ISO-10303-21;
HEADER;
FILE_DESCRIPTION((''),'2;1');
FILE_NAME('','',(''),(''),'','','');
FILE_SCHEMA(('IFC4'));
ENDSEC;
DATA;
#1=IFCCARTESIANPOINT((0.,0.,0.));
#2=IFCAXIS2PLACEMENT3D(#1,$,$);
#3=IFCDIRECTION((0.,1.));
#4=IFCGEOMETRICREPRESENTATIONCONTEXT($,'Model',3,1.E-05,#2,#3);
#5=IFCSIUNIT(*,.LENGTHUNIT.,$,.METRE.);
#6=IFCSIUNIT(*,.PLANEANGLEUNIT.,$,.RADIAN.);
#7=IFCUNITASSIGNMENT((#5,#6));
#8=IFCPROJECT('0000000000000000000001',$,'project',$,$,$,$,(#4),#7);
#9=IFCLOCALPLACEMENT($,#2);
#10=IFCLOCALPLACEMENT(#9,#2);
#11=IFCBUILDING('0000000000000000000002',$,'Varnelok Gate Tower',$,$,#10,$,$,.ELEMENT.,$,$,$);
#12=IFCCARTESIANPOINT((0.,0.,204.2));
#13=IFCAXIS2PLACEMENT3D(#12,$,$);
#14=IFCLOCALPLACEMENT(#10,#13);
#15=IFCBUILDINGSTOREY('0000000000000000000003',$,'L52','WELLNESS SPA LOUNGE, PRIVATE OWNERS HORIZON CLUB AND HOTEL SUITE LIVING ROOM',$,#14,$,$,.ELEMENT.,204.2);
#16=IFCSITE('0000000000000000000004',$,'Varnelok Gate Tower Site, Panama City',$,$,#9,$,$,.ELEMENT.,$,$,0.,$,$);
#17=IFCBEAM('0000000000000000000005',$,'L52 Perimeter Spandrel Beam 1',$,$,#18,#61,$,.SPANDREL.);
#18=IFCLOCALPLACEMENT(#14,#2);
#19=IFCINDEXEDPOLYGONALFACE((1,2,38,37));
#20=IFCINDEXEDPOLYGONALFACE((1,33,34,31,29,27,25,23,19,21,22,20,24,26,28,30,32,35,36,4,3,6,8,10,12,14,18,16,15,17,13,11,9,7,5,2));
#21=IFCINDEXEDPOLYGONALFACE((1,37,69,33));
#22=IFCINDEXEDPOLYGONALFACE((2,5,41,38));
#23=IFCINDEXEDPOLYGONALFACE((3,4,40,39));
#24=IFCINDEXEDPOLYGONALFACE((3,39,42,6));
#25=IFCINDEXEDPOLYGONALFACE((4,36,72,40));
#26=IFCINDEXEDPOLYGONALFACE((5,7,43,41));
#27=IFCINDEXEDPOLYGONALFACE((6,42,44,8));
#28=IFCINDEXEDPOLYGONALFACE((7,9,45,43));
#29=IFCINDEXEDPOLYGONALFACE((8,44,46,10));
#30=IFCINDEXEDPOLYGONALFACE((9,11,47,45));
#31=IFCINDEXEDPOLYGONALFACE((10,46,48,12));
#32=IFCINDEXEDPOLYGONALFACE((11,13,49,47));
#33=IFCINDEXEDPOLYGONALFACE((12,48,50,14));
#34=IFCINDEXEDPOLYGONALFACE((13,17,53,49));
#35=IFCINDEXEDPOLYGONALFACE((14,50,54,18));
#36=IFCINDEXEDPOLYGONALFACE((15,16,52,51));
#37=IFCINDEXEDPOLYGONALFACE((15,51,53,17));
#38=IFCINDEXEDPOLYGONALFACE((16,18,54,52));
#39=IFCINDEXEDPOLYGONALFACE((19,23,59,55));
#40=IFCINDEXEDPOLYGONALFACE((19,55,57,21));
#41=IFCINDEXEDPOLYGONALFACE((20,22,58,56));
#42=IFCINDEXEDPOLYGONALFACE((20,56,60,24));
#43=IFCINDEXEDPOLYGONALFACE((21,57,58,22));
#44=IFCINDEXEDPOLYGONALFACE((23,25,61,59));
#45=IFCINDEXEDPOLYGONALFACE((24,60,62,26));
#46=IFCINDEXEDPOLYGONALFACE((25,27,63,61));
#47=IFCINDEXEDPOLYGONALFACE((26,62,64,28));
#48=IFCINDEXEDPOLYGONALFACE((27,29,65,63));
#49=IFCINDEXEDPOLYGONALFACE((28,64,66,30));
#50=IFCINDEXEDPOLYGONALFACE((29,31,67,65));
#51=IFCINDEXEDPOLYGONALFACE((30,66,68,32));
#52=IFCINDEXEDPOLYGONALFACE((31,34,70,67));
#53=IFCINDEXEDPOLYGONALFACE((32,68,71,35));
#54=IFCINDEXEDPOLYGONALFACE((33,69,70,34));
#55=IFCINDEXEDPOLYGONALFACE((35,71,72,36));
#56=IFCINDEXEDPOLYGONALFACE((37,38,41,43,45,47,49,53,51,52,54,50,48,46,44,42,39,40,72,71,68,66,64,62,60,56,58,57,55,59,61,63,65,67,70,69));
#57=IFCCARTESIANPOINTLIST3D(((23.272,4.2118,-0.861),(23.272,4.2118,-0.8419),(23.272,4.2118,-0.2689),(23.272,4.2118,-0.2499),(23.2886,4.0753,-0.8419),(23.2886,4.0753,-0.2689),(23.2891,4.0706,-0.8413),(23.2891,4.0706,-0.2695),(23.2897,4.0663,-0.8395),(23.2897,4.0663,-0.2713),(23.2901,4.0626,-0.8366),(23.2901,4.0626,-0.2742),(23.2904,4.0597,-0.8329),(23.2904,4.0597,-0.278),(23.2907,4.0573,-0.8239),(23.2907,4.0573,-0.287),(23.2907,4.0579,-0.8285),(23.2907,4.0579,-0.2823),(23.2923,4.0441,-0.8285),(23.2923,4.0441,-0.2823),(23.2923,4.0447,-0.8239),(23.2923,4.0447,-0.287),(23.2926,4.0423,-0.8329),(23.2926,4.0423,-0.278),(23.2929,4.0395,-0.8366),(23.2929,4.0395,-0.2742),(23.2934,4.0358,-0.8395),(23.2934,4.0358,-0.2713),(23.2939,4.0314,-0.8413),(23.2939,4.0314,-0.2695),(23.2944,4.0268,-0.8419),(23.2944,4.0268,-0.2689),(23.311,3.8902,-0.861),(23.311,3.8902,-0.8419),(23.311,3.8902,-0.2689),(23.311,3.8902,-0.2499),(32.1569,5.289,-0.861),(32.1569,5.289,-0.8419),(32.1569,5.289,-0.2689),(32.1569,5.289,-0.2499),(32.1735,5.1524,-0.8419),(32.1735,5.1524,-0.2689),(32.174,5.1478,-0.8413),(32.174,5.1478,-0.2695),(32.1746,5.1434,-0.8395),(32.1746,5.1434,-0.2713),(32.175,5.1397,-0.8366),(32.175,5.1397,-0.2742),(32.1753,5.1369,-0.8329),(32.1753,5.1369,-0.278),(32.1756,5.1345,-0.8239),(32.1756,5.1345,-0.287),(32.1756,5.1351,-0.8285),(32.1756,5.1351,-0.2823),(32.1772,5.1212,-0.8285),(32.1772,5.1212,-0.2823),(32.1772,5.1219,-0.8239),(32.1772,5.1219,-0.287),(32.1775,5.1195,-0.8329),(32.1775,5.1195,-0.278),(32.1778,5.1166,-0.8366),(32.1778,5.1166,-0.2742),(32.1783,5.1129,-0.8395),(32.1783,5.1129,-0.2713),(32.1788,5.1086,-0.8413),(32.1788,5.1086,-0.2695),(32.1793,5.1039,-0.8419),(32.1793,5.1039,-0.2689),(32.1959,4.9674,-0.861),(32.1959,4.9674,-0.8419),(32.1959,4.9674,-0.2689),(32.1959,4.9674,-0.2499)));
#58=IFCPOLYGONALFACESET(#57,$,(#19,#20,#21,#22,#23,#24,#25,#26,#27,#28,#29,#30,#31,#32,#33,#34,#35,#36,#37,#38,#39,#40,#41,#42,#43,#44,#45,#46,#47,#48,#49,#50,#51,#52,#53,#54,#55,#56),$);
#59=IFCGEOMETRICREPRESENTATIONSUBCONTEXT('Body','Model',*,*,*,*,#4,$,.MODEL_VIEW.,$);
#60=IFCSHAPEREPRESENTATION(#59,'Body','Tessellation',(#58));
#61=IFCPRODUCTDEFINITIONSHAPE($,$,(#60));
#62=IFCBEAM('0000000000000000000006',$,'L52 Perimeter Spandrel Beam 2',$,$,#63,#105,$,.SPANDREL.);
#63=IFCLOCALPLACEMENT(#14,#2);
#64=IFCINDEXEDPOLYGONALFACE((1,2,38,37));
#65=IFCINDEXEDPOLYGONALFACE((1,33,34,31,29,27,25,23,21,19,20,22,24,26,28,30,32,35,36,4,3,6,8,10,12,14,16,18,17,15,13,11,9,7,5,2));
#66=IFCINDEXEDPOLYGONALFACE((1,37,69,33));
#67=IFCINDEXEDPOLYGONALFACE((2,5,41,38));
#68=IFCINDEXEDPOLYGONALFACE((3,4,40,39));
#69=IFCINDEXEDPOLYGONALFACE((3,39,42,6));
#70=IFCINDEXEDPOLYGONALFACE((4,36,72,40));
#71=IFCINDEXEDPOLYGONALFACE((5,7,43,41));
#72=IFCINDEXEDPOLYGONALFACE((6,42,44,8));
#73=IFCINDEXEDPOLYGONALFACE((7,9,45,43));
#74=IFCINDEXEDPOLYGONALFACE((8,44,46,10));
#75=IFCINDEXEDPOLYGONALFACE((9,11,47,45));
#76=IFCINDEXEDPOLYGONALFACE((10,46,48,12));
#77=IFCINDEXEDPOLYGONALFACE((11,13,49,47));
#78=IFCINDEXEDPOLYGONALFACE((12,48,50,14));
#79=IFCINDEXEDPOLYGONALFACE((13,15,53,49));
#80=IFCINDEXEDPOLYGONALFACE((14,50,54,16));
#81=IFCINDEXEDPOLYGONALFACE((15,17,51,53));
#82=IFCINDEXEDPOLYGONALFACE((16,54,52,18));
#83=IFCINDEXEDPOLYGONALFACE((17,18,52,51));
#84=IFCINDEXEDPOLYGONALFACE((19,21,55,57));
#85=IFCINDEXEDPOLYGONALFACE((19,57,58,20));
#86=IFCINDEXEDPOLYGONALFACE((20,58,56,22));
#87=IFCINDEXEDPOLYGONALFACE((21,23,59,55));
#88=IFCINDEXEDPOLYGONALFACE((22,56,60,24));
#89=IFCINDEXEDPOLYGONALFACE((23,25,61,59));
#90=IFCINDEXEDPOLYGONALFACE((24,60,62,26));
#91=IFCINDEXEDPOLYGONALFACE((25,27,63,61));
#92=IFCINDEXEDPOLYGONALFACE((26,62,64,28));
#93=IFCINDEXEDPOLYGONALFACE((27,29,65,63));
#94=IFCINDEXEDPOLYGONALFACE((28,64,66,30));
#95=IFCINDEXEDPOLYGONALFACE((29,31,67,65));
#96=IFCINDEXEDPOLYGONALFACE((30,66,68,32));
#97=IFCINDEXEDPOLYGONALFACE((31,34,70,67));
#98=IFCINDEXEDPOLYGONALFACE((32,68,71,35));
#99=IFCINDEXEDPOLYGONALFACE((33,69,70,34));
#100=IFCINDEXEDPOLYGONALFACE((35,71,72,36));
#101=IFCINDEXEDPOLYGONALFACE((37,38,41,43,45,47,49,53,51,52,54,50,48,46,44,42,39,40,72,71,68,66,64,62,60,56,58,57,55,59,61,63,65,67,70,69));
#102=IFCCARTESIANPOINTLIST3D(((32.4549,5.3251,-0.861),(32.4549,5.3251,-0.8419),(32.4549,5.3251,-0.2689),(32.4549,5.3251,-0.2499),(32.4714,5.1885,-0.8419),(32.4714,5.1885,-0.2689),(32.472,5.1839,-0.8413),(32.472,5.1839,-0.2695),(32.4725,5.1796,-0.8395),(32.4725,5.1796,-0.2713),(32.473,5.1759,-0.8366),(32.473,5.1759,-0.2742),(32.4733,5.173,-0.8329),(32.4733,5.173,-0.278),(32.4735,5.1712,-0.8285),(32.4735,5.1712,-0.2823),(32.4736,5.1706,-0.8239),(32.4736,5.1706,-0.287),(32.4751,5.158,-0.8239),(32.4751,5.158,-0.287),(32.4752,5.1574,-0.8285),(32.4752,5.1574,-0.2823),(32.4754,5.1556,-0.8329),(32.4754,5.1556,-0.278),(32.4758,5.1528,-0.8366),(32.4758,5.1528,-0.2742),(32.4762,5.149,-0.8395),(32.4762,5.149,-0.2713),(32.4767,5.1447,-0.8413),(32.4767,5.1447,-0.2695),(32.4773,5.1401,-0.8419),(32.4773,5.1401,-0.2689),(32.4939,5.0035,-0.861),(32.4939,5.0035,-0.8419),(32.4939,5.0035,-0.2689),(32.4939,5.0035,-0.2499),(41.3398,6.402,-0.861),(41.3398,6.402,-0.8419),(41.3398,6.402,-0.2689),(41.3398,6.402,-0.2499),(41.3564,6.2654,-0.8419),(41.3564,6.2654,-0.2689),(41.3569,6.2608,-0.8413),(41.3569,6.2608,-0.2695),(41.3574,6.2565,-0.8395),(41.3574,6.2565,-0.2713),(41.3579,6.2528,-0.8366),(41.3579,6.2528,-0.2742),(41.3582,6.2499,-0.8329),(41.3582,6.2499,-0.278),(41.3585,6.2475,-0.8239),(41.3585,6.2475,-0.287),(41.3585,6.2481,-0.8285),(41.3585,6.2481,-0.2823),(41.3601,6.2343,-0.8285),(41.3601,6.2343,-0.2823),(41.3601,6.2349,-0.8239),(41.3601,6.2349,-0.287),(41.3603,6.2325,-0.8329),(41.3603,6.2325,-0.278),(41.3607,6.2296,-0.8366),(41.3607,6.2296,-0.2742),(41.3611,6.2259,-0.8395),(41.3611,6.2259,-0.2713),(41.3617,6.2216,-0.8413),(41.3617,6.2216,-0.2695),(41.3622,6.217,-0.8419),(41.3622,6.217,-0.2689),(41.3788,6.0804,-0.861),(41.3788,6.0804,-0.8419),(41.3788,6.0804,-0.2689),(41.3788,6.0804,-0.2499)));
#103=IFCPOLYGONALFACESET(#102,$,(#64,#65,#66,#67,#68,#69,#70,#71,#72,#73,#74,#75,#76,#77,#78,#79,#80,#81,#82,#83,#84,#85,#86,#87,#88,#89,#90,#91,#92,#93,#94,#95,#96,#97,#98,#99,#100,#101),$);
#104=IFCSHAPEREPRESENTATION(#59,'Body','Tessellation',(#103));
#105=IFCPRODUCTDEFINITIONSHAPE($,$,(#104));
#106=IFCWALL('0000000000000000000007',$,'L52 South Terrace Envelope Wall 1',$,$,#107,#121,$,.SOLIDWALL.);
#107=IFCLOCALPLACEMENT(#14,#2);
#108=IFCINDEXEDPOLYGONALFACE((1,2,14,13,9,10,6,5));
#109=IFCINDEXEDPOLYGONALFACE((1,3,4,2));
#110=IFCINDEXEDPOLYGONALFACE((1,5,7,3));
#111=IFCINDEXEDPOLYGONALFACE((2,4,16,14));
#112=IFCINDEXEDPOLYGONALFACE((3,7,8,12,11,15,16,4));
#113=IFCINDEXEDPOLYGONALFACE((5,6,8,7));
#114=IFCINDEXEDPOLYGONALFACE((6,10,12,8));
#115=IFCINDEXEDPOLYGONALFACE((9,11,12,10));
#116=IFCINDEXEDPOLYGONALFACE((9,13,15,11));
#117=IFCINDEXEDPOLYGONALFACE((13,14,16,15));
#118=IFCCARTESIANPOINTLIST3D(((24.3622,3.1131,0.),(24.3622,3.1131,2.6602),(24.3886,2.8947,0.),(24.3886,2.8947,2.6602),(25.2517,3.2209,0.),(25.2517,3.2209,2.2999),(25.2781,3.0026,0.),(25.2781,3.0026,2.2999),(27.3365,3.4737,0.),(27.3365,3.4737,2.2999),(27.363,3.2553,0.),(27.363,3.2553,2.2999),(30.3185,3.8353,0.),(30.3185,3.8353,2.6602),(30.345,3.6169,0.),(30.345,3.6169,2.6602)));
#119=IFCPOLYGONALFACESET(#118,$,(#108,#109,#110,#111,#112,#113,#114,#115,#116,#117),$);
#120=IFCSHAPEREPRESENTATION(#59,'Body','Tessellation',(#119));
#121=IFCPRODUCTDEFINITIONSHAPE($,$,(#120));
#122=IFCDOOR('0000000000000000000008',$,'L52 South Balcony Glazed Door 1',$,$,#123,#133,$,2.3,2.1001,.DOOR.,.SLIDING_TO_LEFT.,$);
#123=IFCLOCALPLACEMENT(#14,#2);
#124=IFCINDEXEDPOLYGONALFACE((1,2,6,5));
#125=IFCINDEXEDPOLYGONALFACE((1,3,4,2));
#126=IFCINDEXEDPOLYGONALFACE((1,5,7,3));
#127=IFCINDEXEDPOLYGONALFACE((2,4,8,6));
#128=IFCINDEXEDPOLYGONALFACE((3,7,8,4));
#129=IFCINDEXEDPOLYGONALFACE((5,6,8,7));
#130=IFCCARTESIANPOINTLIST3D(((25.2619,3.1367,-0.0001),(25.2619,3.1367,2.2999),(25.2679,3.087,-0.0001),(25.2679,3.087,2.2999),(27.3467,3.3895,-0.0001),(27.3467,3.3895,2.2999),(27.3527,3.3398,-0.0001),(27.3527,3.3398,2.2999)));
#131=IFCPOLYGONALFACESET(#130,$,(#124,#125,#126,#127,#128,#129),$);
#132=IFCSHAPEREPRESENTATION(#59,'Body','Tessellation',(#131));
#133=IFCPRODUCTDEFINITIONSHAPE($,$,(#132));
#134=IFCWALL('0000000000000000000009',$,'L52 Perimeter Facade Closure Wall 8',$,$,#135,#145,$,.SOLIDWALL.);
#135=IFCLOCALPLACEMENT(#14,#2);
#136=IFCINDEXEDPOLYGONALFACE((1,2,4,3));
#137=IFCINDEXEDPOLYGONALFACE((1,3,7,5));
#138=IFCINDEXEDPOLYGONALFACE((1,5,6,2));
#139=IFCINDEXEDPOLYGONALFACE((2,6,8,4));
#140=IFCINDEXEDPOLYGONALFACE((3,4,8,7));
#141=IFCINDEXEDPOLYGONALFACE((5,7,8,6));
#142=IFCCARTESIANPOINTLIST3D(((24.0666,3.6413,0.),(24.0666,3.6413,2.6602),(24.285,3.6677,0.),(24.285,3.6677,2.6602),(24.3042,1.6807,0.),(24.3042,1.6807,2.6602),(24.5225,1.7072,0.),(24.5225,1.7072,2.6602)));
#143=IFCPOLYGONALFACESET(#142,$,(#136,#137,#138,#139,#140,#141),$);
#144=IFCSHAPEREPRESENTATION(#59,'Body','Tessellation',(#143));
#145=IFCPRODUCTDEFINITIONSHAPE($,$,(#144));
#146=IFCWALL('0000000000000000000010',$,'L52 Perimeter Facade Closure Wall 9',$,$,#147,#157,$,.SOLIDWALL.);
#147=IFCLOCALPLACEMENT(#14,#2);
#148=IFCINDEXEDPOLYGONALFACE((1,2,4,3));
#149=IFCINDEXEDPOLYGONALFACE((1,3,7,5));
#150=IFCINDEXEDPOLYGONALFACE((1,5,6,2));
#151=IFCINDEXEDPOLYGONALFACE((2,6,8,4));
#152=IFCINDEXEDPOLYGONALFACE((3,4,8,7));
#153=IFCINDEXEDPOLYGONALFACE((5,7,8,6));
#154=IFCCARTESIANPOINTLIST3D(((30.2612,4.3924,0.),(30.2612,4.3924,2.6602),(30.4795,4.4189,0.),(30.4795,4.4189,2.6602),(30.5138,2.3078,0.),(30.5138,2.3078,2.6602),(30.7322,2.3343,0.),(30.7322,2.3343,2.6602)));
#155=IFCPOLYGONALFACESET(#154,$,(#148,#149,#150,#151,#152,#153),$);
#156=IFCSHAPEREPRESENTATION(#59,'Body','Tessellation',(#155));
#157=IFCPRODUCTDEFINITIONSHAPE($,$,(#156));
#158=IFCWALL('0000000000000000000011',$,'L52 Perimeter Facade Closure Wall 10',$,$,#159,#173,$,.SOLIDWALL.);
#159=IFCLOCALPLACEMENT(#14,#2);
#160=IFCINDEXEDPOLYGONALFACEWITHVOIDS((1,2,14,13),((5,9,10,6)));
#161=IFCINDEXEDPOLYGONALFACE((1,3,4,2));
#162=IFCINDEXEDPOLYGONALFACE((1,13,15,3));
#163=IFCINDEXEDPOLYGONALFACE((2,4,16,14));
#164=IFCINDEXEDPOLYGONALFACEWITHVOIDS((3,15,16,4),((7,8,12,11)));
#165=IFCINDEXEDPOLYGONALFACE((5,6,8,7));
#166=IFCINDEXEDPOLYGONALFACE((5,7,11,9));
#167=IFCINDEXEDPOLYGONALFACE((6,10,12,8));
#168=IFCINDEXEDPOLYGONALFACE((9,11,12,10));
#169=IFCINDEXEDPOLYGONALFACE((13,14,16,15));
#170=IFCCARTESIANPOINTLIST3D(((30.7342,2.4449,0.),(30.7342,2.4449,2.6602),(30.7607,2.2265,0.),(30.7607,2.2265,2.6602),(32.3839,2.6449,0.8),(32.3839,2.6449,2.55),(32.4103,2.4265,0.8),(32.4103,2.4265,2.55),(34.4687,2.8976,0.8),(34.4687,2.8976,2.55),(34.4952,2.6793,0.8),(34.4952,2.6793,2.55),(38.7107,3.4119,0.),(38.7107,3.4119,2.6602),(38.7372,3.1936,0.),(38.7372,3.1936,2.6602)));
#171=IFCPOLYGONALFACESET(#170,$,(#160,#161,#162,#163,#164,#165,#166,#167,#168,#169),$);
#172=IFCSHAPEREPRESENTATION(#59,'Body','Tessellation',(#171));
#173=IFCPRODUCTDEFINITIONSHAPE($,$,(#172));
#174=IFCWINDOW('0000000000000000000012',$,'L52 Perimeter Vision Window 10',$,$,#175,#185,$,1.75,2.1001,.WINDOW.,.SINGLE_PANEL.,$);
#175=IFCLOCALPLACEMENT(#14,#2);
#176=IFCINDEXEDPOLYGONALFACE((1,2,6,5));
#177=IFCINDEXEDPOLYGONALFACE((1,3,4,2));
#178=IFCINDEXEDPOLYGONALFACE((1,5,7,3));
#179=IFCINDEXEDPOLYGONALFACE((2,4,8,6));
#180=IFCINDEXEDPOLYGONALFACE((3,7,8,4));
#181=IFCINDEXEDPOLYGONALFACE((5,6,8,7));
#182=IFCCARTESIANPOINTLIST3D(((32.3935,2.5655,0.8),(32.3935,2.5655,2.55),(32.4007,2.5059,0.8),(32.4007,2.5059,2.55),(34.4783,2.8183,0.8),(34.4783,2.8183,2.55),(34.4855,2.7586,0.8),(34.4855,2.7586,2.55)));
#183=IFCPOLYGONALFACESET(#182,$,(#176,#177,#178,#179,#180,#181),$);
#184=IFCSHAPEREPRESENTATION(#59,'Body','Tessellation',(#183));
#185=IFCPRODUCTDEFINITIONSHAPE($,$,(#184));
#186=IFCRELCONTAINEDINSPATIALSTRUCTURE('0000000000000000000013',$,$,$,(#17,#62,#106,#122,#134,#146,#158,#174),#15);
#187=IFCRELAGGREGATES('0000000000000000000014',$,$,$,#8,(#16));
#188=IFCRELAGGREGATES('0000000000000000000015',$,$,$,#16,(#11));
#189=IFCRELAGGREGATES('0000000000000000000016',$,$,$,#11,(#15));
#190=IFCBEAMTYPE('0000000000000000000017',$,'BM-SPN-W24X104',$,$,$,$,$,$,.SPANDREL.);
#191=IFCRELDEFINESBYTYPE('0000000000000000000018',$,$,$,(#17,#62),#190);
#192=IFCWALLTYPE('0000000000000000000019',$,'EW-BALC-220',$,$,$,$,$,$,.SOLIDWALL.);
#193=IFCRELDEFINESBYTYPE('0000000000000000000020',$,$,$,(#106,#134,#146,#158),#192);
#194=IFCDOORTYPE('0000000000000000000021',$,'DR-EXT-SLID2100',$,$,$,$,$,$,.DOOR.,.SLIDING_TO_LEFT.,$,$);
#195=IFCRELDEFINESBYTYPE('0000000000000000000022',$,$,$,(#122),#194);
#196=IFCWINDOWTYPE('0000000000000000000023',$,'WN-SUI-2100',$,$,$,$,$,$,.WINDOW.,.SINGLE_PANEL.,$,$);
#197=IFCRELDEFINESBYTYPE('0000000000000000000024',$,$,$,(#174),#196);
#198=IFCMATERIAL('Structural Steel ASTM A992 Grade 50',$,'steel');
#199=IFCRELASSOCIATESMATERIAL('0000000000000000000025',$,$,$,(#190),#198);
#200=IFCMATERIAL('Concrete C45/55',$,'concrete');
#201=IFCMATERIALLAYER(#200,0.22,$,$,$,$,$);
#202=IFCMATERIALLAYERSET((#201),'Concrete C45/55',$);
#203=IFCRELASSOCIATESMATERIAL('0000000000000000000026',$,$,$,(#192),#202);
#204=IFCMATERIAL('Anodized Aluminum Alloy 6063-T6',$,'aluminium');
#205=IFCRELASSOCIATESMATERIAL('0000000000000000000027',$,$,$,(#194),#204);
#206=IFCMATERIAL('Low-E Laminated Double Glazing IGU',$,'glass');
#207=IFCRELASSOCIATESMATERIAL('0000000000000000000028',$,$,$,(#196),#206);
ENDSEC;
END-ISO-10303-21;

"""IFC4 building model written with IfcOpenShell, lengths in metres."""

from ifc_helpers import new_model, si_unit, direction, frame, frame_2d, origin, origin_2d, place, context, subcontext, project, spatial, rectangle, i_section, extrude, material, layer, layer_set, material_profile, profile_set, type_object, element, fill, save


model = new_model("IFC4")

# Units and contexts
model_context = context("Model", 3, precision=1e-05, world=origin(), true_north=direction((0.0, 1.0)))
body_context = subcontext(model_context, "Body", "Model", "MODEL_VIEW")
ifc_project = project(units=[si_unit("LENGTHUNIT", "METRE"), si_unit("PLANEANGLEUNIT", "RADIAN")], contexts=[model_context])

# Site, building, storey
site_placement = place(None, origin())
site = spatial("IfcSite", under=ifc_project, at=site_placement, Name="Varnelok Gate Tower Site, Panama City", CompositionType="ELEMENT", RefElevation=0.0)
building_placement = place(site_placement, origin())
building = spatial("IfcBuilding", under=site, at=building_placement, Name="Varnelok Gate Tower", CompositionType="ELEMENT")
storey_placement = place(building_placement, frame((0.0, 0.0, 204.2)))
storey = spatial("IfcBuildingStorey", under=building, at=storey_placement, Name="L52", Description="WELLNESS SPA LOUNGE, PRIVATE OWNERS HORIZON CLUB AND HOTEL SUITE LIVING ROOM", CompositionType="ELEMENT", Elevation=204.2)

# Shared definitions
ifc_material_1 = material(Name="Structural Steel ASTM A992 Grade 50", Category="steel")

# Beams
ifc_material_profile_1 = material_profile(ifc_material_1, i_section(OverallWidth=0.324, OverallDepth=0.6111, WebThickness=0.0127, FlangeThickness=0.019, FilletRadius=0.0181, at=origin_2d()), Name="W24X104")
ifc_profile_set_1 = profile_set([ifc_material_profile_1], Name="Structural Steel ASTM A992 Grade 50")
beam_type_1 = type_object("IfcBeamType", Name="BM-SPN-W24X104", PredefinedType="SPANDREL", material=ifc_profile_set_1)
for number, where, z_axis, x_axis, name in (
    (1, (23.2915, 4.051, -0.5554), (0.992731, 0.120351, 0.0), (-0.120351, 0.992731, 0.0), "L52 Perimeter Spandrel Beam 1"),
    (2, (32.4744, 5.1643, -0.5554), (0.992735, 0.120324, 0.0), (-0.120324, 0.992735, 0.0), "L52 Perimeter Spandrel Beam 2"),
):
    element("IfcBeam", number, at=place(storey_placement, frame(where, z_axis=z_axis, x_axis=x_axis)), inside=storey, type_object=beam_type_1, Name=name, PredefinedType="SPANDREL", context=body_context, shape_type="SweptSolid", body=[
        extrude(i_section(OverallWidth=0.324, OverallDepth=0.6111, WebThickness=0.0127, FlangeThickness=0.019, FilletRadius=0.0181, at=origin_2d()), origin(), (0.0, 0.0, 1.0), 8.95),
    ])

# Wall, opening, door
ifc_material_2 = material(Name="Concrete C45/55", Category="concrete")
ifc_layer_1 = layer(ifc_material_2, 0.22)
ifc_layer_set_1 = layer_set([ifc_layer_1], Name="Concrete C45/55")
wall_type_1 = type_object("IfcWallType", Name="EW-BALC-220", PredefinedType="SOLIDWALL", material=ifc_layer_set_1)
wall_1_placement = place(storey_placement, frame((30.3318, 3.7261, 0.0), z_axis=(0.0, 0.0, 1.0), x_axis=(-0.99273, -0.120363, 0.0)))
wall_1 = element("IfcWall", 3, at=wall_1_placement, inside=storey, type_object=wall_type_1, Name="L52 South Terrace Envelope Wall 1", PredefinedType="SOLIDWALL", context=body_context, shape_type="SweptSolid", body=[
    extrude(rectangle(XDim=6.0, YDim=0.22, at=frame_2d((3.0, 0.0))), origin(), (0.0, 0.0, 1.0), 2.6602),
])
opening_1_placement = place(wall_1_placement, frame((3.0039, 0.0, 0.0)))
opening_1 = element("IfcOpeningElement", 4, at=opening_1_placement, cuts=wall_1, PredefinedType="OPENING", context=body_context, shape_type="SweptSolid", body=[
    extrude(rectangle(XDim=2.1001, YDim=2.3, at=frame_2d((1.05, 1.1499))), frame((0.0, 0.1199, 0.0), z_axis=(0.0, -1.0, 0.0), x_axis=(1.0, 0.0, 0.0)), (0.0, 0.0, 1.0), 0.24),
])
ifc_material_3 = material(Name="Anodized Aluminum Alloy 6063-T6", Category="aluminium")
door_type_1 = type_object("IfcDoorType", Name="DR-EXT-SLID2100", OperationType="SLIDING_TO_LEFT", PredefinedType="DOOR", material=ifc_material_3)
door_1_placement = place(opening_1_placement, origin())
door_1 = element("IfcDoor", 5, at=door_1_placement, inside=storey, type_object=door_type_1, Name="L52 South Balcony Glazed Door 1", OperationType="SLIDING_TO_LEFT", OverallHeight=2.3, OverallWidth=2.1001, PredefinedType="DOOR", context=body_context, shape_type="SweptSolid", body=[
    extrude(rectangle(XDim=2.1001, YDim=2.3, at=frame_2d((1.05, 1.1499))), frame((0.0, 0.0249, 0.0), z_axis=(0.0, -1.0, 0.0), x_axis=(1.0, 0.0, 0.0)), (0.0, 0.0, 1.0), 0.05),
])
fill(opening_1, door_1)

# Walls
wall_2_placement = place(storey_placement, frame((24.4133, 1.6941, 0.0), z_axis=(0.0, 0.0, 1.0), x_axis=(-0.120291, 0.992739, 0.0)))
element("IfcWall", 6, at=wall_2_placement, inside=storey, type_object=wall_type_1, Name="L52 Perimeter Facade Closure Wall 8", PredefinedType="SOLIDWALL", context=body_context, shape_type="SweptSolid", body=[
    extrude(rectangle(XDim=1.9749, YDim=0.22, at=frame_2d((0.9873, 0.0))), origin(), (0.0, 0.0, 1.0), 2.6602),
])
wall_3_placement = place(storey_placement, frame((30.3704, 4.4055, 0.0), z_axis=(0.0, 0.0, 1.0), x_axis=(0.120328, -0.992734, 0.0)))
element("IfcWall", 7, at=wall_3_placement, inside=storey, type_object=wall_type_1, Name="L52 Perimeter Facade Closure Wall 9", PredefinedType="SOLIDWALL", context=body_context, shape_type="SweptSolid", body=[
    extrude(rectangle(XDim=2.0999, YDim=0.22, at=frame_2d((1.0498, 0.0))), origin(), (0.0, 0.0, 1.0), 2.6602),
])

# Wall, opening, window
wall_4_placement = place(storey_placement, frame((30.7473, 2.3357, 0.0), z_axis=(0.0, 0.0, 1.0), x_axis=(0.992731, 0.120354, 0.0)))
wall_4 = element("IfcWall", 8, at=wall_4_placement, inside=storey, type_object=wall_type_1, Name="L52 Perimeter Facade Closure Wall 10", PredefinedType="SOLIDWALL", context=body_context, shape_type="SweptSolid", body=[
    extrude(rectangle(XDim=8.0349, YDim=0.22, at=frame_2d((4.0176, 0.0))), origin(), (0.0, 0.0, 1.0), 2.6602),
])
opening_2_placement = place(wall_4_placement, frame((1.6619, 0.0, 0.8)))
opening_2 = element("IfcOpeningElement", 9, at=opening_2_placement, cuts=wall_4, PredefinedType="OPENING", context=body_context, shape_type="SweptSolid", body=[
    extrude(rectangle(XDim=2.1001, YDim=1.75, at=frame_2d((1.05, 0.875))), frame((0.0, 0.1199, 0.0), z_axis=(0.0, -1.0, 0.0), x_axis=(1.0, 0.0, 0.0)), (0.0, 0.0, 1.0), 0.24),
])
ifc_material_4 = material(Name="Low-E Laminated Double Glazing IGU", Category="glass")
window_type = type_object("IfcWindowType", Name="WN-SUI-2100", PartitioningType="SINGLE_PANEL", PredefinedType="WINDOW", material=ifc_material_4)
window_placement = place(opening_2_placement, origin())
window = element("IfcWindow", 10, at=window_placement, inside=storey, type_object=window_type, Name="L52 Perimeter Vision Window 10", OverallHeight=1.75, OverallWidth=2.1001, PartitioningType="SINGLE_PANEL", PredefinedType="WINDOW", context=body_context, shape_type="SweptSolid", body=[
    extrude(rectangle(XDim=2.1001, YDim=1.75, at=frame_2d((1.05, 0.875))), frame((0.0, 0.03, 0.0), z_axis=(0.0, -1.0, 0.0), x_axis=(1.0, 0.0, 0.0)), (0.0, 0.0, 1.0), 0.0601),
])
fill(opening_2, window)

save(model, "model.ifc")
